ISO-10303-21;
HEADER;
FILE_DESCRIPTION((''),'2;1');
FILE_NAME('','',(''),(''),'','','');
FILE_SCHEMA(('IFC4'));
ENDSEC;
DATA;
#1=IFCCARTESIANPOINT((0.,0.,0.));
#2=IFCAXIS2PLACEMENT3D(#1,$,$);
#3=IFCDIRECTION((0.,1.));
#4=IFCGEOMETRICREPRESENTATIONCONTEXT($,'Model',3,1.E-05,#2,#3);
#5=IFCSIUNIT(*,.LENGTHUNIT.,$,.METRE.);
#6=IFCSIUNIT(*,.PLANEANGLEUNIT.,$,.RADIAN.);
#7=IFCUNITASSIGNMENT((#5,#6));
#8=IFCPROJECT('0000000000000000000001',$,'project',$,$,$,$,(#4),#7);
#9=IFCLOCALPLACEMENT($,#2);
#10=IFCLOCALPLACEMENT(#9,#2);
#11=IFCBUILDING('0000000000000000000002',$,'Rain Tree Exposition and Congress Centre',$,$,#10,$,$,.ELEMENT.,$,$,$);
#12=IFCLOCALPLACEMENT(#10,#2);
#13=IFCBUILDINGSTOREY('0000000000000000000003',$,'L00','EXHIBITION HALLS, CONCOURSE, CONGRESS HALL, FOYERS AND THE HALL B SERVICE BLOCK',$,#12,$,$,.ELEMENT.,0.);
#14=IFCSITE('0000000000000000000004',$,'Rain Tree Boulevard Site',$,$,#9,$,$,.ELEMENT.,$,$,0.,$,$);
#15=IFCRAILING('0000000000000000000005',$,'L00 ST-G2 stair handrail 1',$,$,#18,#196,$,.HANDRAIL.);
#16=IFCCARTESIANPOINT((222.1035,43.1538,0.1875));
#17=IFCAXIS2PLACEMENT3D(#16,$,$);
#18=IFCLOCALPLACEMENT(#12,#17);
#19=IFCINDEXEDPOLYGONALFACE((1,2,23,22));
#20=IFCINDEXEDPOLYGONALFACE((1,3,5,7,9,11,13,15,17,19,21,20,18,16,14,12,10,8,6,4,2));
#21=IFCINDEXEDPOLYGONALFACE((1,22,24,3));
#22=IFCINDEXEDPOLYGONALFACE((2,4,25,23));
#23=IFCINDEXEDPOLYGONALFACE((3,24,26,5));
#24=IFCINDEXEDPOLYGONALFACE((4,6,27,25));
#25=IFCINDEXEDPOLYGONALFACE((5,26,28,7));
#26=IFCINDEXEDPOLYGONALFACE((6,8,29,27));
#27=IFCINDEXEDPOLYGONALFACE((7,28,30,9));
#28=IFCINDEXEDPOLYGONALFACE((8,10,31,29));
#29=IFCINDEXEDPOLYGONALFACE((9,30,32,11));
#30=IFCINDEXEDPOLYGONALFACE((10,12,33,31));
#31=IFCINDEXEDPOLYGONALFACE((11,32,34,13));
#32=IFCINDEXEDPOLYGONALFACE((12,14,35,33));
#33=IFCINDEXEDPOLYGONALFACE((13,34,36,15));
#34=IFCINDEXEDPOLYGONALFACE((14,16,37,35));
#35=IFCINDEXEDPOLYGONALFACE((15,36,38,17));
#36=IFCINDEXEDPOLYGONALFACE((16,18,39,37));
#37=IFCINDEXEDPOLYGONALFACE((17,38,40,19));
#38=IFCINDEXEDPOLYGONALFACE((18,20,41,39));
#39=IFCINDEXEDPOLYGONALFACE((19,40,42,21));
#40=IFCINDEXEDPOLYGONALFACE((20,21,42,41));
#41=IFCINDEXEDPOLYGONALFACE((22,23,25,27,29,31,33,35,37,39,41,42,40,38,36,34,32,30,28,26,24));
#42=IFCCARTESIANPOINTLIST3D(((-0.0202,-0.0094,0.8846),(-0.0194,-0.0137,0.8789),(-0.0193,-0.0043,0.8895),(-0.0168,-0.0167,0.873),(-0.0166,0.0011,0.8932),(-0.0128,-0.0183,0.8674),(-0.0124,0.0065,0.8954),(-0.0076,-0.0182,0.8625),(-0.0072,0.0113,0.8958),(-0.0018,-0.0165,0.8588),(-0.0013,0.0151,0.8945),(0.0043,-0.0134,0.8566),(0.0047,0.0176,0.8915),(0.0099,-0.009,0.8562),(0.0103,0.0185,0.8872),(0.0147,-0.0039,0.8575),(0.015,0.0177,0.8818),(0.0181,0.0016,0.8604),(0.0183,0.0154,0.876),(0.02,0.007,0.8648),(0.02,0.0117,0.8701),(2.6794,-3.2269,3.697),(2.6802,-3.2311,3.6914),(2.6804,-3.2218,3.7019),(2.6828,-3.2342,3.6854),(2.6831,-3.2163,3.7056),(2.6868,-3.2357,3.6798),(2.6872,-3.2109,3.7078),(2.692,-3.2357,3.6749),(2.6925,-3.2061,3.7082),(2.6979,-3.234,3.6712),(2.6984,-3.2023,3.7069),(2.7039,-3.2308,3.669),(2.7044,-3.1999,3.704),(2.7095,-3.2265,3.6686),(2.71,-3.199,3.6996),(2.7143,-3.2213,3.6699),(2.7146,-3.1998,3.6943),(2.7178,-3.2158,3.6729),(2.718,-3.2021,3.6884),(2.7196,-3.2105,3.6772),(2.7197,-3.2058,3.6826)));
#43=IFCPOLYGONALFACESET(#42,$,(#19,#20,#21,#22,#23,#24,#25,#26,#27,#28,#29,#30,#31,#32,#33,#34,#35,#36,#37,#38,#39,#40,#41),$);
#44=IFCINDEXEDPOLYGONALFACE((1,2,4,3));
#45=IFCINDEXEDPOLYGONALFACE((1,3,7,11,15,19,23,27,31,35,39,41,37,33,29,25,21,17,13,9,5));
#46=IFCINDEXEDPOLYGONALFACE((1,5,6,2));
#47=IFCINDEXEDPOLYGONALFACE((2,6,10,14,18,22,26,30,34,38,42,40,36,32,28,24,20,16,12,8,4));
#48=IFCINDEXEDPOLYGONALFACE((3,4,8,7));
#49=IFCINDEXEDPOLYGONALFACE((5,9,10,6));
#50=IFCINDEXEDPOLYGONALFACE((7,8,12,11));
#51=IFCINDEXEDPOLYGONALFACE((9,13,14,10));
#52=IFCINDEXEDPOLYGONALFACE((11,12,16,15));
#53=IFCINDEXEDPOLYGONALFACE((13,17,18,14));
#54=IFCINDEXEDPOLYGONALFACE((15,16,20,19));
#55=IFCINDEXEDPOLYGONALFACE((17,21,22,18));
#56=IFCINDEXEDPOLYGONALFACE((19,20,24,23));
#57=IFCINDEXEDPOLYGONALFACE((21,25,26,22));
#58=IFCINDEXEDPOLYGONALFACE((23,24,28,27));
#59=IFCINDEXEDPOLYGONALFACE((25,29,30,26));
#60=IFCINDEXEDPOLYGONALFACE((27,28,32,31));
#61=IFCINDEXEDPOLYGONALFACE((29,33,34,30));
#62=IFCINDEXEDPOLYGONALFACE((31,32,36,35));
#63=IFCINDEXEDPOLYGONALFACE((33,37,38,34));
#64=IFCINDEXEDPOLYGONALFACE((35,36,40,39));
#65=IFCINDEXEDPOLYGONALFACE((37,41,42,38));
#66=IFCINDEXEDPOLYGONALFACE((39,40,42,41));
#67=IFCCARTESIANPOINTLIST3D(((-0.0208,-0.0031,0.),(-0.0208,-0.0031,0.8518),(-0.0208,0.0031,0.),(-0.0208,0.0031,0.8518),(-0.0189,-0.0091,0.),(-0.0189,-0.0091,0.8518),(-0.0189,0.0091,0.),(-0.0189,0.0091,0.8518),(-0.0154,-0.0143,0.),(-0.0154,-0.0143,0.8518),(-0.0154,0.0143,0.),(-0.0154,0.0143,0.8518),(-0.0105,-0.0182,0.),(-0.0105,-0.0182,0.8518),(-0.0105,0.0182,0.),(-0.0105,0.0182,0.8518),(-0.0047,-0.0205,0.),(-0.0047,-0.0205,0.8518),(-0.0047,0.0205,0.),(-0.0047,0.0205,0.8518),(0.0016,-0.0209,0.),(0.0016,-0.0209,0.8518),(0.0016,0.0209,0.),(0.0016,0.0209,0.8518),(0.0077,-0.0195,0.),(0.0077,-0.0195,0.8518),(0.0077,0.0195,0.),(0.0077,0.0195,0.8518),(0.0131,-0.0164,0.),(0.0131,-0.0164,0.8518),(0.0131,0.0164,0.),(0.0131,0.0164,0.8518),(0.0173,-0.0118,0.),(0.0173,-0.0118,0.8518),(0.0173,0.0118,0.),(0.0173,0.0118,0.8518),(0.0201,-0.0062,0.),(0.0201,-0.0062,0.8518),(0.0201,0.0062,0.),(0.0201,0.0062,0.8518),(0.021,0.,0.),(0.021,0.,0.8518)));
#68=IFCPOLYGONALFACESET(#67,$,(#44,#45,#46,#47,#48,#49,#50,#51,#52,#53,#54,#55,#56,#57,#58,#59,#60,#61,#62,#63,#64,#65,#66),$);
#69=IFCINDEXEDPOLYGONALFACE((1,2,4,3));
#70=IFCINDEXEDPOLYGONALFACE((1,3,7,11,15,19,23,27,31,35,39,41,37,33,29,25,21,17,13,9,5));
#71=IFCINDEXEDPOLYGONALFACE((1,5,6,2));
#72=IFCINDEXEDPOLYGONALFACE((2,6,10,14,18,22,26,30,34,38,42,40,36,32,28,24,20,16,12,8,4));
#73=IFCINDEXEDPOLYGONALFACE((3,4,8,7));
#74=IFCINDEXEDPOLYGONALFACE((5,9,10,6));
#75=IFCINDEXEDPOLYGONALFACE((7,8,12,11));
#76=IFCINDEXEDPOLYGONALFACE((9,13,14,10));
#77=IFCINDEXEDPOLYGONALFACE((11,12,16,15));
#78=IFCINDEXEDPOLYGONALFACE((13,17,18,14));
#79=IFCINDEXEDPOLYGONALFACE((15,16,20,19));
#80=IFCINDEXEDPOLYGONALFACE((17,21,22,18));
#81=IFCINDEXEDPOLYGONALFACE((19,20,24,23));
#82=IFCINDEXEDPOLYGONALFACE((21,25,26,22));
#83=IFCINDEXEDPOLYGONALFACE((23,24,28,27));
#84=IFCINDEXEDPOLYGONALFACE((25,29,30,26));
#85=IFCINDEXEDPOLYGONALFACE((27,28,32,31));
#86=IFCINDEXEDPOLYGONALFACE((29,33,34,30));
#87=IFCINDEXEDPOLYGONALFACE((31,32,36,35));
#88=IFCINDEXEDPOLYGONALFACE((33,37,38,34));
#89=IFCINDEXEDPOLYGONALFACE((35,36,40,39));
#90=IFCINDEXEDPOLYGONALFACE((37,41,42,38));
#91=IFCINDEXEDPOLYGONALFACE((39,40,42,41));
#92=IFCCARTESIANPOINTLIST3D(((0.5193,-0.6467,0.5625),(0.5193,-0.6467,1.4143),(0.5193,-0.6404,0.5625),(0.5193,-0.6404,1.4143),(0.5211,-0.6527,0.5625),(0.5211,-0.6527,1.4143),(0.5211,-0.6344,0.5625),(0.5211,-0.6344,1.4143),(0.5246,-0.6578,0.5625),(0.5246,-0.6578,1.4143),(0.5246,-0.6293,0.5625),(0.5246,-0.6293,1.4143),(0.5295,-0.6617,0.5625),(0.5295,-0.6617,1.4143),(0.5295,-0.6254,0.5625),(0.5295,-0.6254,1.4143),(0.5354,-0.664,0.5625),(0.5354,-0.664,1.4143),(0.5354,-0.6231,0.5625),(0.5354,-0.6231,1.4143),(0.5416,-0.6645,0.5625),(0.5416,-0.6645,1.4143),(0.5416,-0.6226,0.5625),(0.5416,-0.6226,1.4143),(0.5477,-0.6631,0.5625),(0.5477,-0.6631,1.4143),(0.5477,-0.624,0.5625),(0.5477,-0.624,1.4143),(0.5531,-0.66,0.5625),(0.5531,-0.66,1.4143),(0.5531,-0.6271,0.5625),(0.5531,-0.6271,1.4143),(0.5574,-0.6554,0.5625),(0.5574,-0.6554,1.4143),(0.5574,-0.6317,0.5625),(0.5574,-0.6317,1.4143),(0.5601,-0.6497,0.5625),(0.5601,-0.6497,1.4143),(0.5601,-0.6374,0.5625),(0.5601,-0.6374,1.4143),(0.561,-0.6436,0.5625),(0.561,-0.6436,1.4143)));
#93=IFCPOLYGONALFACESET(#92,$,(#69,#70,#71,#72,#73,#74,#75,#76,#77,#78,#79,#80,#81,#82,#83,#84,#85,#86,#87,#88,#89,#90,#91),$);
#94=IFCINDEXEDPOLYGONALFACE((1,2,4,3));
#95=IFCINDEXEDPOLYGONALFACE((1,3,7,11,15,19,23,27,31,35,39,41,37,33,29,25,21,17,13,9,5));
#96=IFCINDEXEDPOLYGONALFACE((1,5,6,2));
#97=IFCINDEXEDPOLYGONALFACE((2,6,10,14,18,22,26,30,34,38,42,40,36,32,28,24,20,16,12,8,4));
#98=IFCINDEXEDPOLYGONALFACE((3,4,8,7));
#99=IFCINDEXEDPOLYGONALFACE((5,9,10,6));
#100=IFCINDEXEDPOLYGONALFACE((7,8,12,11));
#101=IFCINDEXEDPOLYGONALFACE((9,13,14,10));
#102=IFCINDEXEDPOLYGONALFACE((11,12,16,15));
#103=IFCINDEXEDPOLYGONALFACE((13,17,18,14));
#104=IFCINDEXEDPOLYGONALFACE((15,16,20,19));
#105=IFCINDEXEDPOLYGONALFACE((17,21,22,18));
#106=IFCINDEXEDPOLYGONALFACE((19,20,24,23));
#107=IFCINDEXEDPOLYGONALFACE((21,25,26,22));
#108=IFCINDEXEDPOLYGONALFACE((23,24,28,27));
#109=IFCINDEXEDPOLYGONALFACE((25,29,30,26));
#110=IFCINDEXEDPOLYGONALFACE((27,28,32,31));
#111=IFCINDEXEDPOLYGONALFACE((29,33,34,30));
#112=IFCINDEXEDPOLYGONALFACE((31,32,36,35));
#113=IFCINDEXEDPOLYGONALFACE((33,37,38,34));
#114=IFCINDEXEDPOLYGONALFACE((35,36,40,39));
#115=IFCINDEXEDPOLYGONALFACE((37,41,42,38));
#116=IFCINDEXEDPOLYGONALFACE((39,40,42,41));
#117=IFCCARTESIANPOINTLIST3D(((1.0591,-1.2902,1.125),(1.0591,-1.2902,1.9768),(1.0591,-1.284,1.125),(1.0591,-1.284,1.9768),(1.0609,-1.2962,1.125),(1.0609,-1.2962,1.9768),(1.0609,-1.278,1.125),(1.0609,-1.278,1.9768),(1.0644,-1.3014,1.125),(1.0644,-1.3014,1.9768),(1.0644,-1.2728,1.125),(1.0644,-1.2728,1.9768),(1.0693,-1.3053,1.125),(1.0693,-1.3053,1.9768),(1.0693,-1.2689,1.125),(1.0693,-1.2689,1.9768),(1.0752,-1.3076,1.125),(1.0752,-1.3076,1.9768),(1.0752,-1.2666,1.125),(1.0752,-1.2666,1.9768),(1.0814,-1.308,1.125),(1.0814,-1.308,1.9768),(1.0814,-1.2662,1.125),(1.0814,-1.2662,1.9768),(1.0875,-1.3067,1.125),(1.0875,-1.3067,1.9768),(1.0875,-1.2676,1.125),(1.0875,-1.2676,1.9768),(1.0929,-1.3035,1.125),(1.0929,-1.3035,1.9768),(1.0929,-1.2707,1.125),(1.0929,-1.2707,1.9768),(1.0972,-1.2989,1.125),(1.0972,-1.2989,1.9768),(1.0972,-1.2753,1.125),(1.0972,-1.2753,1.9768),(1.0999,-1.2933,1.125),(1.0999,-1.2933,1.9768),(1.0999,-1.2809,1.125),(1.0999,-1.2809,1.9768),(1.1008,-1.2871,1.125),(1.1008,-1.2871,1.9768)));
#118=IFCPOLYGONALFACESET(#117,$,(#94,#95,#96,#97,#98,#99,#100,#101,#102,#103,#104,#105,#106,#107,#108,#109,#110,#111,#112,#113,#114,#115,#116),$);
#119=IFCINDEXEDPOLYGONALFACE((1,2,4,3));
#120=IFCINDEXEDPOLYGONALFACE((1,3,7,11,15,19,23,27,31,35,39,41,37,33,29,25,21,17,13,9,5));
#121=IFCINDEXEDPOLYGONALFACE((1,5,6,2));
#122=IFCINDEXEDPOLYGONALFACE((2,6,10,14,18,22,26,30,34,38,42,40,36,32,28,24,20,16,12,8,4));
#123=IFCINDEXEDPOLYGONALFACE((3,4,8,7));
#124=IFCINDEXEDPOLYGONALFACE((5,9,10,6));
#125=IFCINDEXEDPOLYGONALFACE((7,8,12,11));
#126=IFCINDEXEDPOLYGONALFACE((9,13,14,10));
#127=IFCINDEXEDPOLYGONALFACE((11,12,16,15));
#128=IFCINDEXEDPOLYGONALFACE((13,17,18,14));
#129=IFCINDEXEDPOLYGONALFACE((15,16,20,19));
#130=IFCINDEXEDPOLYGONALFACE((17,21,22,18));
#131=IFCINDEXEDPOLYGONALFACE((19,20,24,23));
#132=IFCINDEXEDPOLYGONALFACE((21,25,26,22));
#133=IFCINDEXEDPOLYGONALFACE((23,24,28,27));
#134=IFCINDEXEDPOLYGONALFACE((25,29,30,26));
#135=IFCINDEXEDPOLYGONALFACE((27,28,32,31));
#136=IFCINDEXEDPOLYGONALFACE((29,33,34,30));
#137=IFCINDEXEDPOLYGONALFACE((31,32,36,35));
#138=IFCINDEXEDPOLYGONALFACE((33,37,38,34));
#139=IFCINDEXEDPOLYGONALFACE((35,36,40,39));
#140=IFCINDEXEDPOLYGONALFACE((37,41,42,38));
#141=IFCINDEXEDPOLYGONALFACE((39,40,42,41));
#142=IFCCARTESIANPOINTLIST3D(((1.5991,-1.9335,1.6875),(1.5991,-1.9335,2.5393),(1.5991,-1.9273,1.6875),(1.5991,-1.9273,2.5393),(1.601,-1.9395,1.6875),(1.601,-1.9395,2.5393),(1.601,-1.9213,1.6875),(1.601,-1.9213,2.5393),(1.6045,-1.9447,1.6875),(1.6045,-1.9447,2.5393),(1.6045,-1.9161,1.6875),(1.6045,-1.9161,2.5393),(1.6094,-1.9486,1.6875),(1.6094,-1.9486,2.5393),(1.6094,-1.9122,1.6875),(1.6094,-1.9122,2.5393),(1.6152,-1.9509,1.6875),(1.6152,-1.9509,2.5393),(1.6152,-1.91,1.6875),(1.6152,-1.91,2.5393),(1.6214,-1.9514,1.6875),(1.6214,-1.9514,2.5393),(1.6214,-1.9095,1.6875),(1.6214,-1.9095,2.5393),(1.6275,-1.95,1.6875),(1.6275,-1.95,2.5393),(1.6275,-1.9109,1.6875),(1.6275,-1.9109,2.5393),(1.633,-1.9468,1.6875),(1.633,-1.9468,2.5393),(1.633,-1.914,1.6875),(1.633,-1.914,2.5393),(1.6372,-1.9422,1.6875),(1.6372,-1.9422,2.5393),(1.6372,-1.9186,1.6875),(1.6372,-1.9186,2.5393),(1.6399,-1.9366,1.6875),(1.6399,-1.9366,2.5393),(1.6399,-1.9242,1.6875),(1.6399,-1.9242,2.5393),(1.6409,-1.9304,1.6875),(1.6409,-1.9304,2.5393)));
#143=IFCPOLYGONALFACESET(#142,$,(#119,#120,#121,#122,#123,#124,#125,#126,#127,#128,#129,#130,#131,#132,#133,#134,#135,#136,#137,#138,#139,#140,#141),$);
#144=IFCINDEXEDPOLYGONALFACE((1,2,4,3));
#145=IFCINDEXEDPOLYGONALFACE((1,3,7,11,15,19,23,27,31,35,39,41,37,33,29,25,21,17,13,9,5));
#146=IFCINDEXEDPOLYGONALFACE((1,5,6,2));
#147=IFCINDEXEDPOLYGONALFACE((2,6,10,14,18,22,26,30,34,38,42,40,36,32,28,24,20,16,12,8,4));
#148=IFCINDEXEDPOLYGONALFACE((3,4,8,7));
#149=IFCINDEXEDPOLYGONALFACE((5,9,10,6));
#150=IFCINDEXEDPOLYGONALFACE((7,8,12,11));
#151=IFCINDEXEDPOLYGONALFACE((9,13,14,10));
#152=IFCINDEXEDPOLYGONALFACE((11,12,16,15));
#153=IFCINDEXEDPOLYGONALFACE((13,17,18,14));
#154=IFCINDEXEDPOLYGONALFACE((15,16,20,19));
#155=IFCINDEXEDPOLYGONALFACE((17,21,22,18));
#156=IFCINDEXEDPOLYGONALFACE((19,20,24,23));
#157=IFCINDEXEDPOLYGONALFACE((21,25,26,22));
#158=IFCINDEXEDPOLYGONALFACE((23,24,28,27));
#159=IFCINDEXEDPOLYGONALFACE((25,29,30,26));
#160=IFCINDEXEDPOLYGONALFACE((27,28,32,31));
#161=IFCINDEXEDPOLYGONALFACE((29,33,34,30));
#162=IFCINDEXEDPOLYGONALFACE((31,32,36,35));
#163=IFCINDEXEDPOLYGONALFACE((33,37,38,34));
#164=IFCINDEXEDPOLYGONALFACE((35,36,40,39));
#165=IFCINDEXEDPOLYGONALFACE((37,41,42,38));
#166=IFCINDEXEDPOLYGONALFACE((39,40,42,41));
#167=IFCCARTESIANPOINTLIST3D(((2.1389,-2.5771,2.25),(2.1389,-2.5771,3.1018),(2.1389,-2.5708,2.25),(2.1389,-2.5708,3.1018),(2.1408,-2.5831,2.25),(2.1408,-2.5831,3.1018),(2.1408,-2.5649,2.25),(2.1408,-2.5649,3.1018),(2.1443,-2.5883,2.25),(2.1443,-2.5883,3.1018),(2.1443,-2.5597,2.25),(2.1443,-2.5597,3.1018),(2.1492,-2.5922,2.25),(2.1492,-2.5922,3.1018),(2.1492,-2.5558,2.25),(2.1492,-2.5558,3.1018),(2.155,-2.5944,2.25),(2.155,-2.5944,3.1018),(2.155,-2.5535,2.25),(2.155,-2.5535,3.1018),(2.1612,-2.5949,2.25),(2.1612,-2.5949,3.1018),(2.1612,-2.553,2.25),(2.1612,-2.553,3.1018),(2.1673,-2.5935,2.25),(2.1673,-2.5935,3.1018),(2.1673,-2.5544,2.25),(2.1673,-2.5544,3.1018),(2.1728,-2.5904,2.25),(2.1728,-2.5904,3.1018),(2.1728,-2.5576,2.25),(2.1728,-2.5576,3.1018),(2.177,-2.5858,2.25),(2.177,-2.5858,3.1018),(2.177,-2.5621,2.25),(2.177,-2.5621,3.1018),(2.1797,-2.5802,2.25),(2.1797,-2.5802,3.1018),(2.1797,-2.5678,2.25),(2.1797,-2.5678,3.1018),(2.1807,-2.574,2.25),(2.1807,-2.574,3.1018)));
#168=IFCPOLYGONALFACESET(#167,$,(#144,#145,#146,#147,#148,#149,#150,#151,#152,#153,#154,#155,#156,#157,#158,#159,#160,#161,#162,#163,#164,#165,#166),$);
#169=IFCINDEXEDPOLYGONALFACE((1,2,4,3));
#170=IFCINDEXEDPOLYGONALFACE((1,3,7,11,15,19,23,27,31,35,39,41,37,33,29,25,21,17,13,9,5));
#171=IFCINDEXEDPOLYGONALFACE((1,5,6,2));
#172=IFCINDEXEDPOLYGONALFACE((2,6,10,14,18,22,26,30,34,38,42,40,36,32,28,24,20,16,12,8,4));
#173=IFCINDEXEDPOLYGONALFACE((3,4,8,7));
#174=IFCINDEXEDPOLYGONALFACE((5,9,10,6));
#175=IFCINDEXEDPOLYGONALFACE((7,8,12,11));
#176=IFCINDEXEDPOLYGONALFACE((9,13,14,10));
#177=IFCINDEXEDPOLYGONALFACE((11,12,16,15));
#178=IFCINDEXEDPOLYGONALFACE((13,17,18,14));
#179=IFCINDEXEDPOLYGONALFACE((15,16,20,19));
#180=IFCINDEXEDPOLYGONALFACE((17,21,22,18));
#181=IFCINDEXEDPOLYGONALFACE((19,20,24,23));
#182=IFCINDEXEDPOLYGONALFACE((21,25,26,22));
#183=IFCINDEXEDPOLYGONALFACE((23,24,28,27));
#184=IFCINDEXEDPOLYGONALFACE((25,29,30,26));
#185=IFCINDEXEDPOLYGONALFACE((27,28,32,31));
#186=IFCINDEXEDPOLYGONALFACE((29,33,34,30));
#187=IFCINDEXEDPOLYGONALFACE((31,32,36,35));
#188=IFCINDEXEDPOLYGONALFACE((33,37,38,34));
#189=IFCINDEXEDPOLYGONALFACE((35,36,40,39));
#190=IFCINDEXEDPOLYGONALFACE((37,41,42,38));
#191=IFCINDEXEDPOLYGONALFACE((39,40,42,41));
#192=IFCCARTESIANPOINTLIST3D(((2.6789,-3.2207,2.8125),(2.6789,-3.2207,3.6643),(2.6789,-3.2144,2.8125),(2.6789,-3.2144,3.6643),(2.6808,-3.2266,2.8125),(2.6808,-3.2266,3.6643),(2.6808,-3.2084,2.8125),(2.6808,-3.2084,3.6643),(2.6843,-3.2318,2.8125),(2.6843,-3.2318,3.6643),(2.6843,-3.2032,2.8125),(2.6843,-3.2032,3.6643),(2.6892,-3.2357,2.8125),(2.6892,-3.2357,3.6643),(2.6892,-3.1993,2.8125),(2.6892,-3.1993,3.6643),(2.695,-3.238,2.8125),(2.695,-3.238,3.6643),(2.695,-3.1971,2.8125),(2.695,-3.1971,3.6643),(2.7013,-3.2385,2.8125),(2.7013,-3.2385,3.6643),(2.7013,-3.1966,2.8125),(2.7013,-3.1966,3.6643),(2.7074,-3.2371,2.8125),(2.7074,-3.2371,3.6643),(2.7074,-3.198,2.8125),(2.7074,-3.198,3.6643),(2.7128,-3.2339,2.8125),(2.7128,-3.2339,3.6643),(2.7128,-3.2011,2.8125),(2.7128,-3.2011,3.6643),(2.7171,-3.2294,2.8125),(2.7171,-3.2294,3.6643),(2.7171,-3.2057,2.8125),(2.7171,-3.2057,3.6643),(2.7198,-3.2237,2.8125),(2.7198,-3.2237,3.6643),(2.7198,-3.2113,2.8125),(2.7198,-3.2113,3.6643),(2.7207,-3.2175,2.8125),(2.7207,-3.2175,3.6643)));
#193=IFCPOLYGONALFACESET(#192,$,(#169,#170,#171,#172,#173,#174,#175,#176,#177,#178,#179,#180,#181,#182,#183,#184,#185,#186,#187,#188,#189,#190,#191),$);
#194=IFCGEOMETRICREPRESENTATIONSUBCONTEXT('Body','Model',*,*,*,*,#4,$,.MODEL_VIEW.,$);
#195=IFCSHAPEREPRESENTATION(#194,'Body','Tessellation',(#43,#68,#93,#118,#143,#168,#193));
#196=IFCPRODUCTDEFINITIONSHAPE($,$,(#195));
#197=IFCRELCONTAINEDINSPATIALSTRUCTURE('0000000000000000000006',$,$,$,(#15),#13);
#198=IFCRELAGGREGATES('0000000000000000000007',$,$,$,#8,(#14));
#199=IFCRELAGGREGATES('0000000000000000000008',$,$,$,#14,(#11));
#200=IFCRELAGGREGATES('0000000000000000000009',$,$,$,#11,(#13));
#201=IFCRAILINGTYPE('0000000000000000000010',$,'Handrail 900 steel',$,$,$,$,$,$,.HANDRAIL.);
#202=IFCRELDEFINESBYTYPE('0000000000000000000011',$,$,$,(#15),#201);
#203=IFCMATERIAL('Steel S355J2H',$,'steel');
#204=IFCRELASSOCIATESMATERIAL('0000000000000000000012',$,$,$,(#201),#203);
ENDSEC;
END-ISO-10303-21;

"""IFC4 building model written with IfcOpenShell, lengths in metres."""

from ifc_helpers import new_model, si_unit, direction, frame, origin, origin_2d, place, context, subcontext, project, spatial, circle, extrude, material, type_object, element, save


model = new_model("IFC4")

# Units and contexts
model_context = context("Model", 3, precision=1e-05, world=origin(), true_north=direction((0.0, 1.0)))
body_context = subcontext(model_context, "Body", "Model", "MODEL_VIEW")
ifc_project = project(units=[si_unit("LENGTHUNIT", "METRE"), si_unit("PLANEANGLEUNIT", "RADIAN")], contexts=[model_context])

# Site, building, storey
site_placement = place(None, origin())
site = spatial("IfcSite", under=ifc_project, at=site_placement, Name="Rain Tree Boulevard Site", CompositionType="ELEMENT", RefElevation=0.0)
building_placement = place(site_placement, origin())
building = spatial("IfcBuilding", under=site, at=building_placement, Name="Rain Tree Exposition and Congress Centre", CompositionType="ELEMENT")
storey_placement = place(building_placement, origin())
storey = spatial("IfcBuildingStorey", under=building, at=storey_placement, Name="L00", Description="EXHIBITION HALLS, CONCOURSE, CONGRESS HALL, FOYERS AND THE HALL B SERVICE BLOCK", CompositionType="ELEMENT", Elevation=0.0)

# Railing
ifc_material_1 = material(Name="Steel S355J2H", Category="steel")
railing_type_1 = type_object("IfcRailingType", Name="Handrail 900 steel", PredefinedType="HANDRAIL", material=ifc_material_1)
railing_1_placement = place(storey_placement, frame((222.1035, 43.1538, 0.1875)))
element("IfcRailing", 1, at=railing_1_placement, inside=storey, type_object=railing_type_1, Name="L00 ST-G2 stair handrail 1", PredefinedType="HANDRAIL", context=body_context, shape_type="SweptSolid", body=[
    extrude(circle(Radius=0.0239, at=origin_2d()), frame((0.0, 0.0, 0.876), z_axis=(0.534087, -0.636529, 0.556401), x_axis=(0.766059, 0.642771, 0.0)), (0.0, 0.0, 1.0), 5.0547),
    extrude(circle(Radius=0.021, at=origin_2d()), origin(), (0.0, 0.0, 1.0), 0.8518),
    extrude(circle(Radius=0.021, at=origin_2d()), frame((0.54, -0.6436, 0.5625)), (0.0, 0.0, 1.0), 0.8518),
    extrude(circle(Radius=0.021, at=origin_2d()), frame((1.0798, -1.2871, 1.125)), (0.0, 0.0, 1.0), 0.8518),
    extrude(circle(Radius=0.021, at=origin_2d()), frame((1.6199, -1.9304, 1.6875)), (0.0, 0.0, 1.0), 0.8518),
    extrude(circle(Radius=0.021, at=origin_2d()), frame((2.1597, -2.574, 2.25)), (0.0, 0.0, 1.0), 0.8518),
    extrude(circle(Radius=0.021, at=origin_2d()), frame((2.6997, -3.2175, 2.8125)), (0.0, 0.0, 1.0), 0.8518),
])

save(model, "model.ifc")
